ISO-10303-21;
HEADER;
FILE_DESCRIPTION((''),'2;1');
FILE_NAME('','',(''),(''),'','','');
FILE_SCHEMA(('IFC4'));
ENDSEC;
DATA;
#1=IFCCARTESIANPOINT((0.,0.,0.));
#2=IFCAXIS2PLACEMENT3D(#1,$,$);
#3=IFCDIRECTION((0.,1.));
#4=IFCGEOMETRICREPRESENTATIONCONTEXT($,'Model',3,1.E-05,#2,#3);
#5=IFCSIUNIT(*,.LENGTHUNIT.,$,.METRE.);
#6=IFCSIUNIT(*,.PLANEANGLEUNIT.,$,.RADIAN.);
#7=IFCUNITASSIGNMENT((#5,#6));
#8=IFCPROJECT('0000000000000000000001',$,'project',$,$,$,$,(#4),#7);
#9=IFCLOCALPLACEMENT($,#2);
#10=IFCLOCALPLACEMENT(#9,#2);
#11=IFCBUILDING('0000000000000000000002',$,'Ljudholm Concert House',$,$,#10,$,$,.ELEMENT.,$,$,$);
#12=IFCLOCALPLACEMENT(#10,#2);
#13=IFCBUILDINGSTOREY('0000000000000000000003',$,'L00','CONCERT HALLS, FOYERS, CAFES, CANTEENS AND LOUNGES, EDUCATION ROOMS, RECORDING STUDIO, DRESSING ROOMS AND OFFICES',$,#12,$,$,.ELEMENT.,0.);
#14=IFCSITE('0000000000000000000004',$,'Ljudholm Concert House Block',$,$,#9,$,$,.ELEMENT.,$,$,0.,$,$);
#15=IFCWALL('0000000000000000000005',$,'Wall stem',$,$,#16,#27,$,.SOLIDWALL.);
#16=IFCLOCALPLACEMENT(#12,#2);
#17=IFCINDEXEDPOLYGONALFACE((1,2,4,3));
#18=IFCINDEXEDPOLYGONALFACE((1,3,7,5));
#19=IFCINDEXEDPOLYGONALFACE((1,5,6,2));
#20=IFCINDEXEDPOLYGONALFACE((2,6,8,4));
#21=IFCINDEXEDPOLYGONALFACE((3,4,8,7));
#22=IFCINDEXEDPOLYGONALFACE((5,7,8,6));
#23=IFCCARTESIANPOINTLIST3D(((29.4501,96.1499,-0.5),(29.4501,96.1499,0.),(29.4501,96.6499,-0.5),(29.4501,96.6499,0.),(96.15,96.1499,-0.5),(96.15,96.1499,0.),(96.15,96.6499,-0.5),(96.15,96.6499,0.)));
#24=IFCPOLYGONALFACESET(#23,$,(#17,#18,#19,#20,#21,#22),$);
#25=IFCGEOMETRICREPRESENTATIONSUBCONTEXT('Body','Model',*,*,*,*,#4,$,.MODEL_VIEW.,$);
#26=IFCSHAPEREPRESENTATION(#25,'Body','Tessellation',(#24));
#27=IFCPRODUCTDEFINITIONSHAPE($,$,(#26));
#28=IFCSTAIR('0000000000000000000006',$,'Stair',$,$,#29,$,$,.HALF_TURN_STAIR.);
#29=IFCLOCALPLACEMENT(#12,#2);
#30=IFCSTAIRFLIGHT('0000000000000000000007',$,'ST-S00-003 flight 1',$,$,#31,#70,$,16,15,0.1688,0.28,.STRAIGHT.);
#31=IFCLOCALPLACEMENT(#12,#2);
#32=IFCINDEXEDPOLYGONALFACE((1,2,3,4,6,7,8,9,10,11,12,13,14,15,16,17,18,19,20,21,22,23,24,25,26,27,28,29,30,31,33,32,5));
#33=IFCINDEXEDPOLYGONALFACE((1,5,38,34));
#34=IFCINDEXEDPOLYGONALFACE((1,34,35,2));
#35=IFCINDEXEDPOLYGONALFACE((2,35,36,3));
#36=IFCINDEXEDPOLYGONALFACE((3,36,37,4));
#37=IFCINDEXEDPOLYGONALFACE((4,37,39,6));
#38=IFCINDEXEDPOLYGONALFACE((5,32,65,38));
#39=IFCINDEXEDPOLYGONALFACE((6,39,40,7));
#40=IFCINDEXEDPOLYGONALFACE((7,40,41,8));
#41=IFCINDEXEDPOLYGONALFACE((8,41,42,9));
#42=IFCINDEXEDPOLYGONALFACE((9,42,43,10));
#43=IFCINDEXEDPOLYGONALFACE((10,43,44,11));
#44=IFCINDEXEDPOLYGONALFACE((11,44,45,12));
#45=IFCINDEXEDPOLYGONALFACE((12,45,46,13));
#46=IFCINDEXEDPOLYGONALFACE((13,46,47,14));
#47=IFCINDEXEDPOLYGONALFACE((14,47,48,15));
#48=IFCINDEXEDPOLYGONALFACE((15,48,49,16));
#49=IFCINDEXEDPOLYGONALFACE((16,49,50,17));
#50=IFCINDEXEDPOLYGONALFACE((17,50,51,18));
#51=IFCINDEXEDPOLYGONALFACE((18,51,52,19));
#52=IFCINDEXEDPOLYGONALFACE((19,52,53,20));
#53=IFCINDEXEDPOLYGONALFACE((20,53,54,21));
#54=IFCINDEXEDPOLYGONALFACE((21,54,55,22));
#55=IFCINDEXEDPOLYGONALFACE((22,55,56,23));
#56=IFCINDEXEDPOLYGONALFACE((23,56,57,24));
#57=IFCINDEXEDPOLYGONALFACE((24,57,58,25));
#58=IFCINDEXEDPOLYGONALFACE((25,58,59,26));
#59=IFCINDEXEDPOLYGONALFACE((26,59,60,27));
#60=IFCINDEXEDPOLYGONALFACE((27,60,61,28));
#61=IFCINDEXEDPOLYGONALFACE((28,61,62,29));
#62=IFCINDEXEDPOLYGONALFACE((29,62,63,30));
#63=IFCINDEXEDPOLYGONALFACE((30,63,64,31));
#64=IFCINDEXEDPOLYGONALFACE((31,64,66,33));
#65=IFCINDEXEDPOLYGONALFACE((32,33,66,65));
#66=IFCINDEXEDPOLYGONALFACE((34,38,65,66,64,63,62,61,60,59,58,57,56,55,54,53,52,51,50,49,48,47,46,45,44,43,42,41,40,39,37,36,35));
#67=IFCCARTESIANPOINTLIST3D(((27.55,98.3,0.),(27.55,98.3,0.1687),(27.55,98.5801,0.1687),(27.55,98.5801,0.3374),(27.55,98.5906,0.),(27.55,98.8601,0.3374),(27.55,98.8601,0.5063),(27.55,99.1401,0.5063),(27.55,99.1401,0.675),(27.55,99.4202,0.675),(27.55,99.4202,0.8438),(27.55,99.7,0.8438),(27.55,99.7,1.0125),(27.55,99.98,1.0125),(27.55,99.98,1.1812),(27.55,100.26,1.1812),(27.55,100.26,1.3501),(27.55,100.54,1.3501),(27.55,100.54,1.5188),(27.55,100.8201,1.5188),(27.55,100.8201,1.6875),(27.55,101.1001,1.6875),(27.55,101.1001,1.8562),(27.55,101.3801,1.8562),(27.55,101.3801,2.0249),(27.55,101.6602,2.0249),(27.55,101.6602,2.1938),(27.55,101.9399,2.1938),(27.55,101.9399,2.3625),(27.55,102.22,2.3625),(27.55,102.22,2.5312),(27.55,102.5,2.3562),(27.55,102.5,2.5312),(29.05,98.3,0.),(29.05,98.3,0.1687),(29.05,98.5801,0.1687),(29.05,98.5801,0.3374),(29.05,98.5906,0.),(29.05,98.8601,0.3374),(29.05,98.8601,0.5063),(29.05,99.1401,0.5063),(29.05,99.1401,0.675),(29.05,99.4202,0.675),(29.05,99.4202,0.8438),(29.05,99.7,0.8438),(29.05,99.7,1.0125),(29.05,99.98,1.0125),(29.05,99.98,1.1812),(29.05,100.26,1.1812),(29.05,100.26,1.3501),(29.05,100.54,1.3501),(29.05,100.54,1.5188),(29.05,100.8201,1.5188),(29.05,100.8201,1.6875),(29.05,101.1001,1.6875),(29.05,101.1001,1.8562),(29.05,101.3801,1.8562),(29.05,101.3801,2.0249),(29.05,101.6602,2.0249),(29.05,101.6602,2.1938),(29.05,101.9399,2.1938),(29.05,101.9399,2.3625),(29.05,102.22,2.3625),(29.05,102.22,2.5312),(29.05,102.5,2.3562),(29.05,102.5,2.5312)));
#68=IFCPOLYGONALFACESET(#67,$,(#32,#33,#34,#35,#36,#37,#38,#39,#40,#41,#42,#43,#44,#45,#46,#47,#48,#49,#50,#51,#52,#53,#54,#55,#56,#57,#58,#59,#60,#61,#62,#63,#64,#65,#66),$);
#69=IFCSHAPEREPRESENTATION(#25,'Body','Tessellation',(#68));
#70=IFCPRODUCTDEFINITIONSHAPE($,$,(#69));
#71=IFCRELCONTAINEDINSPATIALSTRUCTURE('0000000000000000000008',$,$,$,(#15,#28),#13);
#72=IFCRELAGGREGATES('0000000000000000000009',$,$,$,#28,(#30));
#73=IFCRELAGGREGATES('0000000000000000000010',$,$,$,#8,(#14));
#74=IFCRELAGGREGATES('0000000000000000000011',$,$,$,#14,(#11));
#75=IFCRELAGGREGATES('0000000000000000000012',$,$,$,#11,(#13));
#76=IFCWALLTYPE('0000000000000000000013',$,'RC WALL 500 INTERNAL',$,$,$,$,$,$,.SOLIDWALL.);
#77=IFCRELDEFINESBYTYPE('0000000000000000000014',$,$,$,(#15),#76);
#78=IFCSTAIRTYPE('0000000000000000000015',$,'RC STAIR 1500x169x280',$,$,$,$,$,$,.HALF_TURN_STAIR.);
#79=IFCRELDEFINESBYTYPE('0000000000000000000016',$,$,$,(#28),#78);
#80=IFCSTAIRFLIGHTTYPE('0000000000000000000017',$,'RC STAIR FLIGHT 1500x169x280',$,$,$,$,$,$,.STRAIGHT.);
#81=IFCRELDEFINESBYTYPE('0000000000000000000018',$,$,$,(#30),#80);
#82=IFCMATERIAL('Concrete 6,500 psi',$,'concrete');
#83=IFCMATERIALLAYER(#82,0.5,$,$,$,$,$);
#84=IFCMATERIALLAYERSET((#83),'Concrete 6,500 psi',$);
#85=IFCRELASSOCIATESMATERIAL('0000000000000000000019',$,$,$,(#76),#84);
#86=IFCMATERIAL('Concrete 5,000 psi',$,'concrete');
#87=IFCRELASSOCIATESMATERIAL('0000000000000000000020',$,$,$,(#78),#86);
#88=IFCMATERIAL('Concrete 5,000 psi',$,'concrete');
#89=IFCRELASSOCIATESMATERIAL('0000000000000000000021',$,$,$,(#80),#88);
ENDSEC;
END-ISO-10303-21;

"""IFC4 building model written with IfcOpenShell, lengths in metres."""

from ifc_helpers import new_model, si_unit, direction, frame, frame_2d, origin, place, context, subcontext, project, spatial, polyline, rectangle, outline, extrude, material, layer, layer_set, type_object, element, aggregate, save


model = new_model("IFC4")

# Units and contexts
model_context = context("Model", 3, precision=1e-05, world=origin(), true_north=direction((0.0, 1.0)))
body_context = subcontext(model_context, "Body", "Model", "MODEL_VIEW")
ifc_project = project(units=[si_unit("LENGTHUNIT", "METRE"), si_unit("PLANEANGLEUNIT", "RADIAN")], contexts=[model_context])

# Site, building, storey
site_placement = place(None, origin())
site = spatial("IfcSite", under=ifc_project, at=site_placement, Name="Ljudholm Concert House Block", CompositionType="ELEMENT", RefElevation=0.0)
building_placement = place(site_placement, origin())
building = spatial("IfcBuilding", under=site, at=building_placement, Name="Ljudholm Concert House", CompositionType="ELEMENT")
storey_placement = place(building_placement, origin())
storey = spatial("IfcBuildingStorey", under=building, at=storey_placement, Name="L00", Description="CONCERT HALLS, FOYERS, CAFES, CANTEENS AND LOUNGES, EDUCATION ROOMS, RECORDING STUDIO, DRESSING ROOMS AND OFFICES", CompositionType="ELEMENT", Elevation=0.0)

# Wall
ifc_material_1 = material(Name="Concrete 6,500 psi", Category="concrete")
ifc_layer_1 = layer(ifc_material_1, 0.5)
ifc_layer_set_1 = layer_set([ifc_layer_1], Name="Concrete 6,500 psi")
wall_type_1 = type_object("IfcWallType", Name="RC WALL 500 INTERNAL", PredefinedType="SOLIDWALL", material=ifc_layer_set_1)
wall_1_placement = place(storey_placement, frame((29.45, 96.3999, -0.5), z_axis=(0.0, 0.0, 1.0), x_axis=(1.0, 0.0, 0.0)))
element("IfcWall", 1, at=wall_1_placement, inside=storey, type_object=wall_type_1, Name="Wall stem", PredefinedType="SOLIDWALL", context=body_context, shape_type="SweptSolid", body=[
    extrude(rectangle(XDim=66.7, YDim=0.5, at=frame_2d((33.3501, 0.0))), origin(), (0.0, 0.0, 1.0), 0.5),
])

# Stair, stair flight
ifc_material_2 = material(Name="Concrete 5,000 psi", Category="concrete")
stair_type = type_object("IfcStairType", Name="RC STAIR 1500x169x280", PredefinedType="HALF_TURN_STAIR", material=ifc_material_2)
stair_placement = place(storey_placement, origin())
stair = element("IfcStair", 2, at=stair_placement, inside=storey, type_object=stair_type, Name="Stair", PredefinedType="HALF_TURN_STAIR")
ifc_material_3 = material(Name="Concrete 5,000 psi", Category="concrete")
stair_flight_type = type_object("IfcStairFlightType", Name="RC STAIR FLIGHT 1500x169x280", PredefinedType="STRAIGHT", material=ifc_material_3)
stair_flight_placement = place(storey_placement, frame((28.3, 98.3, 0.0), z_axis=(0.0, 0.0, 1.0), x_axis=(0.0, 1.0, 0.0)))
stair_flight = element("IfcStairFlight", 3, at=stair_flight_placement, type_object=stair_flight_type, Name="ST-S00-003 flight 1", NumberOfRisers=16, NumberOfTreads=15, PredefinedType="STRAIGHT", RiserHeight=0.1688, TreadLength=0.28, context=body_context, shape_type="SweptSolid", body=[
    extrude(outline(polyline([(0.0, 0.0), (0.0, 0.1687), (0.28, 0.1687), (0.28, 0.3374), (0.5601, 0.3374), (0.5601, 0.5063), (0.8401, 0.5063), (0.8401, 0.675), (1.1201, 0.675), (1.1201, 0.8438), (1.3999, 0.8438), (1.3999, 1.0125), (1.6799, 1.0125), (1.6799, 1.1812), (1.96, 1.1812), (1.96, 1.3501), (2.24, 1.3501), (2.24, 1.5188), (2.52, 1.5188), (2.52, 1.6875), (2.8, 1.6875), (2.8, 1.8562), (3.0801, 1.8562), (3.0801, 2.0249), (3.3601, 2.0249), (3.3601, 2.1938), (3.6399, 2.1938), (3.6399, 2.3625), (3.9199, 2.3625), (3.9199, 2.5312), (4.2, 2.5312), (4.2, 2.7), (4.2, 2.3562), (0.2905, 0.0), (0.0, 0.0)])), frame((0.0, 0.75, 0.0), z_axis=(0.0, -1.0, 0.0), x_axis=(1.0, 0.0, 0.0)), (0.0, 0.0, 1.0), 1.5),
])
aggregate(stair, [stair_flight])

save(model, "model.ifc")
